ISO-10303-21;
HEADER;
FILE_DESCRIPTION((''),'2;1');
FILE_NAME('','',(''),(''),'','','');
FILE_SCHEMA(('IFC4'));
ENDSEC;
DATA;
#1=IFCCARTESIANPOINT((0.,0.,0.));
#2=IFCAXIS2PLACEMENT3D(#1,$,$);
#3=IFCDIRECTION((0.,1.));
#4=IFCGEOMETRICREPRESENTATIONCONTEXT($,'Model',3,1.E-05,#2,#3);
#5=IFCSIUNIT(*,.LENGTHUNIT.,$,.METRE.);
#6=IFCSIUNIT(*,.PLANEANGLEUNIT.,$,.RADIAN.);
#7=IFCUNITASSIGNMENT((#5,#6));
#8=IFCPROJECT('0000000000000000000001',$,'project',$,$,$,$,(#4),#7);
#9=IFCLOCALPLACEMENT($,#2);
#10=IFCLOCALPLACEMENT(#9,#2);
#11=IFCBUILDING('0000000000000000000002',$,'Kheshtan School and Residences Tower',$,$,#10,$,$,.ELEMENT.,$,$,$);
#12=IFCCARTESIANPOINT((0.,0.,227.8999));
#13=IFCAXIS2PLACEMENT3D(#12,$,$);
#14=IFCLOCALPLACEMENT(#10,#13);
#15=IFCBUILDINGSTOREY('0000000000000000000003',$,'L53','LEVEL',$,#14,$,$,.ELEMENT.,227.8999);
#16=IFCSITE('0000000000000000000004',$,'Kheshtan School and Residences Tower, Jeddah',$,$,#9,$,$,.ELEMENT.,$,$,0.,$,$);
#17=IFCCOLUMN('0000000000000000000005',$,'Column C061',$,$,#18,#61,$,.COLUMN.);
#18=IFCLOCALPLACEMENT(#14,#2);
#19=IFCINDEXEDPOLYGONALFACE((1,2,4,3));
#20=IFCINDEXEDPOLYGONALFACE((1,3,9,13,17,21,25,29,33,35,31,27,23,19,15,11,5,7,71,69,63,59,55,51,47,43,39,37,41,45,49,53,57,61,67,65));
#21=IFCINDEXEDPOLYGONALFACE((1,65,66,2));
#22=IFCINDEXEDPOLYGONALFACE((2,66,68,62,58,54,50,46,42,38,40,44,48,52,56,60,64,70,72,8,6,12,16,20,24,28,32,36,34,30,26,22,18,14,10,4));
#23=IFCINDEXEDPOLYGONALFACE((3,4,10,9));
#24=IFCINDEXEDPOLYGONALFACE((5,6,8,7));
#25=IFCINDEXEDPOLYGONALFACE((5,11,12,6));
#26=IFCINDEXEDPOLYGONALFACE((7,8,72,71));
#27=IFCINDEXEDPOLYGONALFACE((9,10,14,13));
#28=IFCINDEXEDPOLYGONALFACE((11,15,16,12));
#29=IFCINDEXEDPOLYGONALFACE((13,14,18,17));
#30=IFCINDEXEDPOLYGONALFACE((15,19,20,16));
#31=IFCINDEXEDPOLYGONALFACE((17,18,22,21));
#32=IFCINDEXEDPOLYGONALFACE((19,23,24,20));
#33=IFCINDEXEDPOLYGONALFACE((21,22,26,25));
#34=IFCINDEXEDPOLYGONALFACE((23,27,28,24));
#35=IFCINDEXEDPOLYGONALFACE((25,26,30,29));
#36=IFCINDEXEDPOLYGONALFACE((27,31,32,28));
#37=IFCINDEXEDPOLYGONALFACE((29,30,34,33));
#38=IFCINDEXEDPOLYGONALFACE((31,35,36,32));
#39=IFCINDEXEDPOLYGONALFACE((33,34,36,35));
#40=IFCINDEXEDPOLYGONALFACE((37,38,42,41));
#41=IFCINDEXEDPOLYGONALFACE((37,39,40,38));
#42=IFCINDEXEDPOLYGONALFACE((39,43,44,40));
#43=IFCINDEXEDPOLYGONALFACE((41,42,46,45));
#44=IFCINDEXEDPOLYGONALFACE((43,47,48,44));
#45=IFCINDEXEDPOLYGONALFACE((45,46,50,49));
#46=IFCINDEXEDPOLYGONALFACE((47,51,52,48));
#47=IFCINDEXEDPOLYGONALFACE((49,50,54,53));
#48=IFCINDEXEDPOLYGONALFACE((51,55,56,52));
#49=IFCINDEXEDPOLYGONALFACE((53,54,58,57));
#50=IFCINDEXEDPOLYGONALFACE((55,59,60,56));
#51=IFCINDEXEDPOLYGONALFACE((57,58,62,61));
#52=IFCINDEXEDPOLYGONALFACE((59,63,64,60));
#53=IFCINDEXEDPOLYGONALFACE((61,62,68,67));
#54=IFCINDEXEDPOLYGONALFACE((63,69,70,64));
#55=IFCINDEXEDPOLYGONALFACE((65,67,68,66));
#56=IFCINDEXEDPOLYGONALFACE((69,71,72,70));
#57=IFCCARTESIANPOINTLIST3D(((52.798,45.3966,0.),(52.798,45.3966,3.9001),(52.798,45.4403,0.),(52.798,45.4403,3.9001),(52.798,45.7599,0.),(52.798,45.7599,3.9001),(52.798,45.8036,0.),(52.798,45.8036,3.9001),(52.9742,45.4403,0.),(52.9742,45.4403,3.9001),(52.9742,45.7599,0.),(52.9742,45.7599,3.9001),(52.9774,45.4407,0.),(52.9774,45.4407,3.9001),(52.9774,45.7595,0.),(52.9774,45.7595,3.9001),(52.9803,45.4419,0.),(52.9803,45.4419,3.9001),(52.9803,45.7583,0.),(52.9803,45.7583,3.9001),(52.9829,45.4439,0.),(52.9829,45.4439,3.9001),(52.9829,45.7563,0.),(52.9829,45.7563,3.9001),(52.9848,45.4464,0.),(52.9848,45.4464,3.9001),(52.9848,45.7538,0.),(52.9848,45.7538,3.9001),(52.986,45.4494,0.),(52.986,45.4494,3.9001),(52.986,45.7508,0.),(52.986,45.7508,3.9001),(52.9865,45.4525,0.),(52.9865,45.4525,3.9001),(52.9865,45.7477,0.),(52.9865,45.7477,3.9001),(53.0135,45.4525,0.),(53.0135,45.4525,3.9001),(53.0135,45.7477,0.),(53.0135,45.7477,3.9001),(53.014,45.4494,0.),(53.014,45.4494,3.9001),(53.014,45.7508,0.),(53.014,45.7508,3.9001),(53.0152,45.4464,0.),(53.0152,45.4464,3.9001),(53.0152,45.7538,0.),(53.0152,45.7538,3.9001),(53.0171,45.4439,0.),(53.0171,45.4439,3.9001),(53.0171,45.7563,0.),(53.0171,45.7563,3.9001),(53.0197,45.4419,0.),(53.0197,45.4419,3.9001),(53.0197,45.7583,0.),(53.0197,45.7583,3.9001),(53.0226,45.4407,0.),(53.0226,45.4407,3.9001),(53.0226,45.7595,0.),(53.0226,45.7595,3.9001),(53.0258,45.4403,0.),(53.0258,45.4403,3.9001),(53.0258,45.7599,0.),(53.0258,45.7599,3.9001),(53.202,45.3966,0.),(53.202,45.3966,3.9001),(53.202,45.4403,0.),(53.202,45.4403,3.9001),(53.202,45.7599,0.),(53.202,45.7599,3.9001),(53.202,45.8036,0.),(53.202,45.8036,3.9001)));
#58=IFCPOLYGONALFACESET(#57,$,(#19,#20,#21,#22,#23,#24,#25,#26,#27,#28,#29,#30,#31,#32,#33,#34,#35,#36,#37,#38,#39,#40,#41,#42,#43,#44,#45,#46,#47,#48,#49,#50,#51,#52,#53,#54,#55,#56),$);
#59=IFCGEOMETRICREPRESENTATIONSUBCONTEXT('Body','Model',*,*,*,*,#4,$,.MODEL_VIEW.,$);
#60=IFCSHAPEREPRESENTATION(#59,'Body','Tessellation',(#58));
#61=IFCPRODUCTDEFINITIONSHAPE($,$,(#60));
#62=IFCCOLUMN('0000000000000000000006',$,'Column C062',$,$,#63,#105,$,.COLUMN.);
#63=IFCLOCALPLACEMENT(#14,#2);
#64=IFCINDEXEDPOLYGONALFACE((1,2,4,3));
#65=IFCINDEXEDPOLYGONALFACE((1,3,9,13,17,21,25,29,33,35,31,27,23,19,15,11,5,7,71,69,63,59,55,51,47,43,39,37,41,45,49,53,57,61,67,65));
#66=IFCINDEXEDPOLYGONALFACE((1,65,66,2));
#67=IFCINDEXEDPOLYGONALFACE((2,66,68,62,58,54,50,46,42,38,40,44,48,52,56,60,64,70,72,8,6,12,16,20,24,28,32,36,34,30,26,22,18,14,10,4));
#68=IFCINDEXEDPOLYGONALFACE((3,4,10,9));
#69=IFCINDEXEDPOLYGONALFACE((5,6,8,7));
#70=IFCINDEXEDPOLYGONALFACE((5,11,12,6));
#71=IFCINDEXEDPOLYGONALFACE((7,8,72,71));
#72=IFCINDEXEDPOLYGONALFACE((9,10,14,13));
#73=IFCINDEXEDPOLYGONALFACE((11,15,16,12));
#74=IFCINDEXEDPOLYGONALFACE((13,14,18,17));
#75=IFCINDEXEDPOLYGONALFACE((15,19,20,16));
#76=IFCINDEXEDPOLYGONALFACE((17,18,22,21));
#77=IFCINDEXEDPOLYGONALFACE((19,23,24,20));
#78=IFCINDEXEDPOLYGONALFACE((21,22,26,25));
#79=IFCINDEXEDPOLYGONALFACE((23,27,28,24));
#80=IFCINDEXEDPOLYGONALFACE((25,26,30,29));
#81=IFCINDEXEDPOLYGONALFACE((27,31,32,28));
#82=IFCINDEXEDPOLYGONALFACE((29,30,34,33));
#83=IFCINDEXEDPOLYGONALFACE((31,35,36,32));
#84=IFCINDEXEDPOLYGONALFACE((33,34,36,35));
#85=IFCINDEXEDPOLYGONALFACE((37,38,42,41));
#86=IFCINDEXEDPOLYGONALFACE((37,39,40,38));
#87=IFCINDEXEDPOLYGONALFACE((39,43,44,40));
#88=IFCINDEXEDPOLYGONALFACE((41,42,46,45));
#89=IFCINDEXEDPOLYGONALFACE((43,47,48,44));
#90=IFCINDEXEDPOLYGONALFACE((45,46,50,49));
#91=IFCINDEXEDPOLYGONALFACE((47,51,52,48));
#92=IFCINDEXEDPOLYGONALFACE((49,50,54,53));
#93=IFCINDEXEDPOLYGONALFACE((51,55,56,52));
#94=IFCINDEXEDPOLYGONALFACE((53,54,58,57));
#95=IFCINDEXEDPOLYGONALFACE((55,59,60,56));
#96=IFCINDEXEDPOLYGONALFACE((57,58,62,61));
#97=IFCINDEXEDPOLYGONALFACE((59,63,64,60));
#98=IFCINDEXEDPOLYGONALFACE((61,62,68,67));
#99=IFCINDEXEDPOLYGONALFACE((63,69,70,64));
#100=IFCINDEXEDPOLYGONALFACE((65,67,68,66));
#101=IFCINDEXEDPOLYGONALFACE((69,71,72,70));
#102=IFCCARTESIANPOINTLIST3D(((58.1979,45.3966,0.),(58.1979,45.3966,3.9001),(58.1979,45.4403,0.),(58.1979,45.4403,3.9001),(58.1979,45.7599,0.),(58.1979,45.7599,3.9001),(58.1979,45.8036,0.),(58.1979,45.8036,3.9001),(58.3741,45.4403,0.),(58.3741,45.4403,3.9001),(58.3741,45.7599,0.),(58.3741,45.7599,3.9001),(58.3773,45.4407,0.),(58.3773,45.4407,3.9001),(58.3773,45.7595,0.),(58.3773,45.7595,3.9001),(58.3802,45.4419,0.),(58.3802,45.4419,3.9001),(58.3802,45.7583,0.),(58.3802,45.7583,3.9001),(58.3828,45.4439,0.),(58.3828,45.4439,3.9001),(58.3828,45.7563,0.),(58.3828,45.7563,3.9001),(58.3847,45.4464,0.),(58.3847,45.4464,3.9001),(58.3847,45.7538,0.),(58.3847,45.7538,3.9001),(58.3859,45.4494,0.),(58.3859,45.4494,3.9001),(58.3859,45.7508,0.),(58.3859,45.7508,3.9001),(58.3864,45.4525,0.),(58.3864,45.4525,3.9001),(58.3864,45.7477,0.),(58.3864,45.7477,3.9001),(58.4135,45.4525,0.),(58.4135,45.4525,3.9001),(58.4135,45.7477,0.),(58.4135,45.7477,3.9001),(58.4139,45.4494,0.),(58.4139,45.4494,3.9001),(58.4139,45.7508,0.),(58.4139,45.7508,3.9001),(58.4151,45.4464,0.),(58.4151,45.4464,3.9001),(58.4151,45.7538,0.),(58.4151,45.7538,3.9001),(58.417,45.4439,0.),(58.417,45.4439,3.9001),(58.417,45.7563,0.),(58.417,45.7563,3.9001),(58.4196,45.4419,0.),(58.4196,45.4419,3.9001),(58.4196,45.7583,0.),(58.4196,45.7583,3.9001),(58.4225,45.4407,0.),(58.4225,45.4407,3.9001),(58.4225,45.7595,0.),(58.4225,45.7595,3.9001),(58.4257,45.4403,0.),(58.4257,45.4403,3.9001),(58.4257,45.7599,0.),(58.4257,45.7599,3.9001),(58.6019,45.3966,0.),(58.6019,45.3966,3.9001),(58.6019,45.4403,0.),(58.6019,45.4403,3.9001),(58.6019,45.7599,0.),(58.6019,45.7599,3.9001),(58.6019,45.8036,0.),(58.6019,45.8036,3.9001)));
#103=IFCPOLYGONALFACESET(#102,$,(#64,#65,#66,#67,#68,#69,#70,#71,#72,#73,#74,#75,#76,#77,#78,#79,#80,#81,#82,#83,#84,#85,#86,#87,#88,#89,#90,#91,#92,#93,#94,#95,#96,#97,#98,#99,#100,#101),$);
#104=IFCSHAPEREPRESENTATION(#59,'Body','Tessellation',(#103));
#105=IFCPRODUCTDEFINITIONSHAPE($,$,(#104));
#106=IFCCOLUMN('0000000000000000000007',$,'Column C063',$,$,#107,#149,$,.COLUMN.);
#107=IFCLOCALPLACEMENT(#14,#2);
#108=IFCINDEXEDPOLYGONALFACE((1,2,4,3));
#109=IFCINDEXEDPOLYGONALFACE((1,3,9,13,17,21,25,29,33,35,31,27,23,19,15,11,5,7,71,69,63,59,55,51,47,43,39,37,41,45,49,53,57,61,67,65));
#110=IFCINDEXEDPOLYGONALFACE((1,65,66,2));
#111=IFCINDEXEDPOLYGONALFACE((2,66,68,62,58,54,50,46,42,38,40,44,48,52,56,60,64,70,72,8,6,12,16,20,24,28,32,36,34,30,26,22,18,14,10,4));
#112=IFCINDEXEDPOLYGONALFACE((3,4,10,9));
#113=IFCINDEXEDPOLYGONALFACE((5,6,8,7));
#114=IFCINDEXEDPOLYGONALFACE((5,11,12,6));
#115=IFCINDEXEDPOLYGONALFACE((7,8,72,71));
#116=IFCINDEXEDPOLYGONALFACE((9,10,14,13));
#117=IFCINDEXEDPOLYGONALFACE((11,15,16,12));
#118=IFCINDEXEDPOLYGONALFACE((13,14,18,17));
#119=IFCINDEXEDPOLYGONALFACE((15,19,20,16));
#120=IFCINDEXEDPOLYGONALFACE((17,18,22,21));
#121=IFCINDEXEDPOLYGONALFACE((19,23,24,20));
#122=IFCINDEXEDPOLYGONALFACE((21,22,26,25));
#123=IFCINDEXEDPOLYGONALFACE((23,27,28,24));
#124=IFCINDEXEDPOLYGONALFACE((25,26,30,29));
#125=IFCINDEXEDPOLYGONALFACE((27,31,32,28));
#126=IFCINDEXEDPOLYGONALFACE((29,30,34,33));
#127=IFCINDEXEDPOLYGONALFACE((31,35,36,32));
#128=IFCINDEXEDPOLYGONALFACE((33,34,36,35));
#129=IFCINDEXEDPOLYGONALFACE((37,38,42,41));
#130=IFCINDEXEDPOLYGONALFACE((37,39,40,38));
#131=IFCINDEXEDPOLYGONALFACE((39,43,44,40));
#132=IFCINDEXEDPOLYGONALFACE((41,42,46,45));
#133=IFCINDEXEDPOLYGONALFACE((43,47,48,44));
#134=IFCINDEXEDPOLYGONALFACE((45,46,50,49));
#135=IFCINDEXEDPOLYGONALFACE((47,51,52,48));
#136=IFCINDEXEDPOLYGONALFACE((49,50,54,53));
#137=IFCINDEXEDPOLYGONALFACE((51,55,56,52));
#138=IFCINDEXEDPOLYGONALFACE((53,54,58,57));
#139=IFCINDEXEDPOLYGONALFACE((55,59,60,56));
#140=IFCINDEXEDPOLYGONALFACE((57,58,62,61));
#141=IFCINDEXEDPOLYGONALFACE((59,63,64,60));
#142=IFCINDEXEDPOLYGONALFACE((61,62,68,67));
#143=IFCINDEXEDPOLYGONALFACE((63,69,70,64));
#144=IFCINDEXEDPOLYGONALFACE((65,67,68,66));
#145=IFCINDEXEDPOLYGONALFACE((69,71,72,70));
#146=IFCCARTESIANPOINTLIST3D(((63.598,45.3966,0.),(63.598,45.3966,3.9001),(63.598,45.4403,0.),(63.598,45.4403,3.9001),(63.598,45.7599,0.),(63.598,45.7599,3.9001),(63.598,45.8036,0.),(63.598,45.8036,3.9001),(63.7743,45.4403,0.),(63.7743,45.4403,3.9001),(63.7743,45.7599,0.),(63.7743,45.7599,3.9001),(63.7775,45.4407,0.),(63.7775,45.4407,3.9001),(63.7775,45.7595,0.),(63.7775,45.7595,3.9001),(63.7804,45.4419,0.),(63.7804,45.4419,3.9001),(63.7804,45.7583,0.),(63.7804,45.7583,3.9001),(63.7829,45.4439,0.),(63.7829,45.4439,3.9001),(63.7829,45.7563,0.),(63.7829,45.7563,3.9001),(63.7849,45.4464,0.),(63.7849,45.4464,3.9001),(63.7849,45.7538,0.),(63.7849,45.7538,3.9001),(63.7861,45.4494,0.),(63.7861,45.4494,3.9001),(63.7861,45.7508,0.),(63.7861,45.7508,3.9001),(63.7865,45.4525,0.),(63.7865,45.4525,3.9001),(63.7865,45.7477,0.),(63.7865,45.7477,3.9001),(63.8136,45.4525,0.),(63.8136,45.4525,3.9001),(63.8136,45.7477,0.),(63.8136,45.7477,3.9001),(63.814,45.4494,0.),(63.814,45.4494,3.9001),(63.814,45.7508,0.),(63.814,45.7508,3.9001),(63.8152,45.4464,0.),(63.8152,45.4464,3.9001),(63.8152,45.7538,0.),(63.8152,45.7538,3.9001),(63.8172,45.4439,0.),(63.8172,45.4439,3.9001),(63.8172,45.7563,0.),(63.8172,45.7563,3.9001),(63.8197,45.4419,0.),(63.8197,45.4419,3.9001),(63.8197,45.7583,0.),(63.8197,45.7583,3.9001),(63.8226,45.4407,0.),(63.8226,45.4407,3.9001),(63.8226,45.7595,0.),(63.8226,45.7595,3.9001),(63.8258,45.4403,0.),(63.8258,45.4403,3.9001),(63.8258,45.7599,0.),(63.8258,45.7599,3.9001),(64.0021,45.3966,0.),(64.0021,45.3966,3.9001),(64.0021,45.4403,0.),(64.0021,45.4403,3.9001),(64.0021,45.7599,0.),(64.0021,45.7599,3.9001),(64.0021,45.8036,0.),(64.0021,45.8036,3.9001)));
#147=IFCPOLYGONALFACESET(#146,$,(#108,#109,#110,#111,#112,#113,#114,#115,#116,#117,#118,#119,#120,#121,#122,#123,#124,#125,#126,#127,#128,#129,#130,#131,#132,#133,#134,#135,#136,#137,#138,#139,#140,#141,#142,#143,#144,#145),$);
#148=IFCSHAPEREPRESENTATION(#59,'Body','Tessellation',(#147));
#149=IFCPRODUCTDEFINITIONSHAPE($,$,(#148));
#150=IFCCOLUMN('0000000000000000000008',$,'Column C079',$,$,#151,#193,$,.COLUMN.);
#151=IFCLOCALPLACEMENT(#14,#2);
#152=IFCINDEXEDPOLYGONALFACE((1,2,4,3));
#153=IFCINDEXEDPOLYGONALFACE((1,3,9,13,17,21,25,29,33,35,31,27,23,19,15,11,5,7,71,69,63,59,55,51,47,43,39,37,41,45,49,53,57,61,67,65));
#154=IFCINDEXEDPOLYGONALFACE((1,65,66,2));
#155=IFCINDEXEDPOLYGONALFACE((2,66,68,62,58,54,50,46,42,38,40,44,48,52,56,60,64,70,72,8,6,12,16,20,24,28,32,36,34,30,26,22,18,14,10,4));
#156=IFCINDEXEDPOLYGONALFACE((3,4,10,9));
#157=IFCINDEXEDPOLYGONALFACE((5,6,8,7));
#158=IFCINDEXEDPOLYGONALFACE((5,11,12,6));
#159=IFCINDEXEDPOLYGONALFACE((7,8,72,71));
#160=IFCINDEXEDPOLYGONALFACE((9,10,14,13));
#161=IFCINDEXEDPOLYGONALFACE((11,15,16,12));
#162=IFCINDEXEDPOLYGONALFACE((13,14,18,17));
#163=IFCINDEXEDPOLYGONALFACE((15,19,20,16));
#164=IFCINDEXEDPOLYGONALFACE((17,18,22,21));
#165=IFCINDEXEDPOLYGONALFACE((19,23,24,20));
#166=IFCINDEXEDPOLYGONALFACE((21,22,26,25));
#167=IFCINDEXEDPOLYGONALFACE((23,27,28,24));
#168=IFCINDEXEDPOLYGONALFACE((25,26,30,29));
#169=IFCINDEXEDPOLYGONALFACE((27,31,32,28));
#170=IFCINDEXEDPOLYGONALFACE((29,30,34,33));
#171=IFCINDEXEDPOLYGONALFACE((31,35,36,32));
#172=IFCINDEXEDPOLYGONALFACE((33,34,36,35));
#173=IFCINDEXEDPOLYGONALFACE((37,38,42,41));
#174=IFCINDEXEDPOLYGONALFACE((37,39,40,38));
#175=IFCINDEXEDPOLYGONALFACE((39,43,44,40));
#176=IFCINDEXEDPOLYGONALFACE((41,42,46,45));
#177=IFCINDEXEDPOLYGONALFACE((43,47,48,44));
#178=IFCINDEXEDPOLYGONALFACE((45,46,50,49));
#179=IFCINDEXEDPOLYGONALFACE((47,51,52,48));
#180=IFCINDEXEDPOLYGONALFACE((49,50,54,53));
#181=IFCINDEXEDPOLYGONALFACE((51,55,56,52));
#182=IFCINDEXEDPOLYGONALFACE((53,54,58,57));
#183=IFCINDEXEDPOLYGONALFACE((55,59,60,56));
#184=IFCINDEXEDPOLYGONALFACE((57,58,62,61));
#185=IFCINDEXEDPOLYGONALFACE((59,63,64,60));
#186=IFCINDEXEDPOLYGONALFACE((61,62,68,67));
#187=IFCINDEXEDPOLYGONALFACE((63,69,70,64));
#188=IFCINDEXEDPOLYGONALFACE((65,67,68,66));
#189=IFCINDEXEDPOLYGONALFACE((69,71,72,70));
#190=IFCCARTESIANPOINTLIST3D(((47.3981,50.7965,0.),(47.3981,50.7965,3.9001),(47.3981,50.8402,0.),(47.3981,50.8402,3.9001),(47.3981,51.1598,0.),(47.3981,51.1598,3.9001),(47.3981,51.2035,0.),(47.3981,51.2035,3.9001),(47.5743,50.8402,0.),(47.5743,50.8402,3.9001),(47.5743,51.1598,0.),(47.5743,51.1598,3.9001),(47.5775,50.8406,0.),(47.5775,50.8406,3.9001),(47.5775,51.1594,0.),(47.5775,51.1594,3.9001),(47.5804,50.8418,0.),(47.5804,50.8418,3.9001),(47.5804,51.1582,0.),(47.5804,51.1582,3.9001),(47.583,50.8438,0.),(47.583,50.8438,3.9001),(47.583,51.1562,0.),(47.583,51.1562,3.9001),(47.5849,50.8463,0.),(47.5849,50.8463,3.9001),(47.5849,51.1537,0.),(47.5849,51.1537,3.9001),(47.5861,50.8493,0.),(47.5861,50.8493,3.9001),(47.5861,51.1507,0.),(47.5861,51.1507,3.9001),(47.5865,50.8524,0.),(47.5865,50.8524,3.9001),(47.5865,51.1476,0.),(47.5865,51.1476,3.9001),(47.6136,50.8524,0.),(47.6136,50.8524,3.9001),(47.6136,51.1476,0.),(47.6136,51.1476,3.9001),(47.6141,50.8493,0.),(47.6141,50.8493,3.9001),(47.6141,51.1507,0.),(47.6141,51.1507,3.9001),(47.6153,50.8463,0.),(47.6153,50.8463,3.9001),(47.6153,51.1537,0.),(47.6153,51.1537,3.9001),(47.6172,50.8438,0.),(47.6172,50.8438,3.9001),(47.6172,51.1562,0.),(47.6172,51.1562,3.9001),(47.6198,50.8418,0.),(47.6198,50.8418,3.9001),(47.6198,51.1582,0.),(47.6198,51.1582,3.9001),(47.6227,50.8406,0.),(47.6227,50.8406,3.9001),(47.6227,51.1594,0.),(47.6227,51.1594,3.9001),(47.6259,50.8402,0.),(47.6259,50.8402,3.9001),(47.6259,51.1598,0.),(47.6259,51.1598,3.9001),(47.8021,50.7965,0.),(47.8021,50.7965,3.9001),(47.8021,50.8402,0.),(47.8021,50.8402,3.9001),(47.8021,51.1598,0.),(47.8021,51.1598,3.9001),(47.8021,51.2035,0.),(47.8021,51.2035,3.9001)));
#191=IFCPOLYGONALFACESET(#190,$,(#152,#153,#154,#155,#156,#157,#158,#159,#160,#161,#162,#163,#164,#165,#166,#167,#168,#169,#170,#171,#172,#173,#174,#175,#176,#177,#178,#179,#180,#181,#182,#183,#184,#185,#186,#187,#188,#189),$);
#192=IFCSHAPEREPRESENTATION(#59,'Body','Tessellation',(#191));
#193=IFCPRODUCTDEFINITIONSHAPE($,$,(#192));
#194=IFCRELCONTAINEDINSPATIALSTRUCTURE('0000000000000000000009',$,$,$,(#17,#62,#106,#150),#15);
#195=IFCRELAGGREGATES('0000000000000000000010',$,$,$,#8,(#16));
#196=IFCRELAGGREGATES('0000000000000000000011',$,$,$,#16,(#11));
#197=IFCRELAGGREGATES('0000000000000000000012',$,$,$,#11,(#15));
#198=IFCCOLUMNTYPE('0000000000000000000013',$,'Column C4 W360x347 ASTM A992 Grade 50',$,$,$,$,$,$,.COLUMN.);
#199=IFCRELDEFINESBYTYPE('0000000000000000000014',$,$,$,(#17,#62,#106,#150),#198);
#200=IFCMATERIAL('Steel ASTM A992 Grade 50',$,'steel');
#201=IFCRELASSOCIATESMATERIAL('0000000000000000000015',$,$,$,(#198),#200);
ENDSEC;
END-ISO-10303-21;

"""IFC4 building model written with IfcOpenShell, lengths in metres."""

from ifc_helpers import new_model, si_unit, direction, frame, origin, origin_2d, place, context, subcontext, project, spatial, i_section, extrude, material, material_profile, profile_set, type_object, element, save


model = new_model("IFC4")

# Units and contexts
model_context = context("Model", 3, precision=1e-05, world=origin(), true_north=direction((0.0, 1.0)))
body_context = subcontext(model_context, "Body", "Model", "MODEL_VIEW")
ifc_project = project(units=[si_unit("LENGTHUNIT", "METRE"), si_unit("PLANEANGLEUNIT", "RADIAN")], contexts=[model_context])

# Site, building, storey
site_placement = place(None, origin())
site = spatial("IfcSite", under=ifc_project, at=site_placement, Name="Kheshtan School and Residences Tower, Jeddah", CompositionType="ELEMENT", RefElevation=0.0)
building_placement = place(site_placement, origin())
building = spatial("IfcBuilding", under=site, at=building_placement, Name="Kheshtan School and Residences Tower", CompositionType="ELEMENT")
storey_placement = place(building_placement, frame((0.0, 0.0, 227.8999)))
storey = spatial("IfcBuildingStorey", under=building, at=storey_placement, Name="L53", Description="LEVEL", CompositionType="ELEMENT", Elevation=227.8999)

# Columns
ifc_material_1 = material(Name="Steel ASTM A992 Grade 50", Category="steel")
ifc_material_profile_1 = material_profile(ifc_material_1, i_section(OverallWidth=0.4041, OverallDepth=0.407, WebThickness=0.0271, FlangeThickness=0.0437, FilletRadius=0.0122, at=origin_2d()), Name="W360x347")
ifc_profile_set_1 = profile_set([ifc_material_profile_1], Name="Steel ASTM A992 Grade 50")
column_type_1 = type_object("IfcColumnType", Name="Column C4 W360x347 ASTM A992 Grade 50", PredefinedType="COLUMN", material=ifc_profile_set_1)
for number, where, z_axis, x_axis, name in (
    (1, (53.0, 45.6001, 0.0), (0.0, 0.0, 1.0), (1.0, 0.0, 0.0), "Column C061"),
    (2, (58.3999, 45.6001, 0.0), (0.0, 0.0, 1.0), (1.0, 0.0, 0.0), "Column C062"),
    (3, (63.8, 45.6001, 0.0), (0.0, 0.0, 1.0), (1.0, 0.0, 0.0), "Column C063"),
    (4, (47.6001, 51.0, 0.0), (0.0, 0.0, 1.0), (1.0, 0.0, 0.0), "Column C079"),
):
    element("IfcColumn", number, at=place(storey_placement, frame(where, z_axis=z_axis, x_axis=x_axis)), inside=storey, type_object=column_type_1, Name=name, PredefinedType="COLUMN", context=body_context, shape_type="SweptSolid", body=[
        extrude(i_section(OverallWidth=0.4041, OverallDepth=0.407, WebThickness=0.0271, FlangeThickness=0.0437, FilletRadius=0.0122, at=origin_2d()), origin(), (0.0, 0.0, 1.0), 3.9001),
    ])

save(model, "model.ifc")
